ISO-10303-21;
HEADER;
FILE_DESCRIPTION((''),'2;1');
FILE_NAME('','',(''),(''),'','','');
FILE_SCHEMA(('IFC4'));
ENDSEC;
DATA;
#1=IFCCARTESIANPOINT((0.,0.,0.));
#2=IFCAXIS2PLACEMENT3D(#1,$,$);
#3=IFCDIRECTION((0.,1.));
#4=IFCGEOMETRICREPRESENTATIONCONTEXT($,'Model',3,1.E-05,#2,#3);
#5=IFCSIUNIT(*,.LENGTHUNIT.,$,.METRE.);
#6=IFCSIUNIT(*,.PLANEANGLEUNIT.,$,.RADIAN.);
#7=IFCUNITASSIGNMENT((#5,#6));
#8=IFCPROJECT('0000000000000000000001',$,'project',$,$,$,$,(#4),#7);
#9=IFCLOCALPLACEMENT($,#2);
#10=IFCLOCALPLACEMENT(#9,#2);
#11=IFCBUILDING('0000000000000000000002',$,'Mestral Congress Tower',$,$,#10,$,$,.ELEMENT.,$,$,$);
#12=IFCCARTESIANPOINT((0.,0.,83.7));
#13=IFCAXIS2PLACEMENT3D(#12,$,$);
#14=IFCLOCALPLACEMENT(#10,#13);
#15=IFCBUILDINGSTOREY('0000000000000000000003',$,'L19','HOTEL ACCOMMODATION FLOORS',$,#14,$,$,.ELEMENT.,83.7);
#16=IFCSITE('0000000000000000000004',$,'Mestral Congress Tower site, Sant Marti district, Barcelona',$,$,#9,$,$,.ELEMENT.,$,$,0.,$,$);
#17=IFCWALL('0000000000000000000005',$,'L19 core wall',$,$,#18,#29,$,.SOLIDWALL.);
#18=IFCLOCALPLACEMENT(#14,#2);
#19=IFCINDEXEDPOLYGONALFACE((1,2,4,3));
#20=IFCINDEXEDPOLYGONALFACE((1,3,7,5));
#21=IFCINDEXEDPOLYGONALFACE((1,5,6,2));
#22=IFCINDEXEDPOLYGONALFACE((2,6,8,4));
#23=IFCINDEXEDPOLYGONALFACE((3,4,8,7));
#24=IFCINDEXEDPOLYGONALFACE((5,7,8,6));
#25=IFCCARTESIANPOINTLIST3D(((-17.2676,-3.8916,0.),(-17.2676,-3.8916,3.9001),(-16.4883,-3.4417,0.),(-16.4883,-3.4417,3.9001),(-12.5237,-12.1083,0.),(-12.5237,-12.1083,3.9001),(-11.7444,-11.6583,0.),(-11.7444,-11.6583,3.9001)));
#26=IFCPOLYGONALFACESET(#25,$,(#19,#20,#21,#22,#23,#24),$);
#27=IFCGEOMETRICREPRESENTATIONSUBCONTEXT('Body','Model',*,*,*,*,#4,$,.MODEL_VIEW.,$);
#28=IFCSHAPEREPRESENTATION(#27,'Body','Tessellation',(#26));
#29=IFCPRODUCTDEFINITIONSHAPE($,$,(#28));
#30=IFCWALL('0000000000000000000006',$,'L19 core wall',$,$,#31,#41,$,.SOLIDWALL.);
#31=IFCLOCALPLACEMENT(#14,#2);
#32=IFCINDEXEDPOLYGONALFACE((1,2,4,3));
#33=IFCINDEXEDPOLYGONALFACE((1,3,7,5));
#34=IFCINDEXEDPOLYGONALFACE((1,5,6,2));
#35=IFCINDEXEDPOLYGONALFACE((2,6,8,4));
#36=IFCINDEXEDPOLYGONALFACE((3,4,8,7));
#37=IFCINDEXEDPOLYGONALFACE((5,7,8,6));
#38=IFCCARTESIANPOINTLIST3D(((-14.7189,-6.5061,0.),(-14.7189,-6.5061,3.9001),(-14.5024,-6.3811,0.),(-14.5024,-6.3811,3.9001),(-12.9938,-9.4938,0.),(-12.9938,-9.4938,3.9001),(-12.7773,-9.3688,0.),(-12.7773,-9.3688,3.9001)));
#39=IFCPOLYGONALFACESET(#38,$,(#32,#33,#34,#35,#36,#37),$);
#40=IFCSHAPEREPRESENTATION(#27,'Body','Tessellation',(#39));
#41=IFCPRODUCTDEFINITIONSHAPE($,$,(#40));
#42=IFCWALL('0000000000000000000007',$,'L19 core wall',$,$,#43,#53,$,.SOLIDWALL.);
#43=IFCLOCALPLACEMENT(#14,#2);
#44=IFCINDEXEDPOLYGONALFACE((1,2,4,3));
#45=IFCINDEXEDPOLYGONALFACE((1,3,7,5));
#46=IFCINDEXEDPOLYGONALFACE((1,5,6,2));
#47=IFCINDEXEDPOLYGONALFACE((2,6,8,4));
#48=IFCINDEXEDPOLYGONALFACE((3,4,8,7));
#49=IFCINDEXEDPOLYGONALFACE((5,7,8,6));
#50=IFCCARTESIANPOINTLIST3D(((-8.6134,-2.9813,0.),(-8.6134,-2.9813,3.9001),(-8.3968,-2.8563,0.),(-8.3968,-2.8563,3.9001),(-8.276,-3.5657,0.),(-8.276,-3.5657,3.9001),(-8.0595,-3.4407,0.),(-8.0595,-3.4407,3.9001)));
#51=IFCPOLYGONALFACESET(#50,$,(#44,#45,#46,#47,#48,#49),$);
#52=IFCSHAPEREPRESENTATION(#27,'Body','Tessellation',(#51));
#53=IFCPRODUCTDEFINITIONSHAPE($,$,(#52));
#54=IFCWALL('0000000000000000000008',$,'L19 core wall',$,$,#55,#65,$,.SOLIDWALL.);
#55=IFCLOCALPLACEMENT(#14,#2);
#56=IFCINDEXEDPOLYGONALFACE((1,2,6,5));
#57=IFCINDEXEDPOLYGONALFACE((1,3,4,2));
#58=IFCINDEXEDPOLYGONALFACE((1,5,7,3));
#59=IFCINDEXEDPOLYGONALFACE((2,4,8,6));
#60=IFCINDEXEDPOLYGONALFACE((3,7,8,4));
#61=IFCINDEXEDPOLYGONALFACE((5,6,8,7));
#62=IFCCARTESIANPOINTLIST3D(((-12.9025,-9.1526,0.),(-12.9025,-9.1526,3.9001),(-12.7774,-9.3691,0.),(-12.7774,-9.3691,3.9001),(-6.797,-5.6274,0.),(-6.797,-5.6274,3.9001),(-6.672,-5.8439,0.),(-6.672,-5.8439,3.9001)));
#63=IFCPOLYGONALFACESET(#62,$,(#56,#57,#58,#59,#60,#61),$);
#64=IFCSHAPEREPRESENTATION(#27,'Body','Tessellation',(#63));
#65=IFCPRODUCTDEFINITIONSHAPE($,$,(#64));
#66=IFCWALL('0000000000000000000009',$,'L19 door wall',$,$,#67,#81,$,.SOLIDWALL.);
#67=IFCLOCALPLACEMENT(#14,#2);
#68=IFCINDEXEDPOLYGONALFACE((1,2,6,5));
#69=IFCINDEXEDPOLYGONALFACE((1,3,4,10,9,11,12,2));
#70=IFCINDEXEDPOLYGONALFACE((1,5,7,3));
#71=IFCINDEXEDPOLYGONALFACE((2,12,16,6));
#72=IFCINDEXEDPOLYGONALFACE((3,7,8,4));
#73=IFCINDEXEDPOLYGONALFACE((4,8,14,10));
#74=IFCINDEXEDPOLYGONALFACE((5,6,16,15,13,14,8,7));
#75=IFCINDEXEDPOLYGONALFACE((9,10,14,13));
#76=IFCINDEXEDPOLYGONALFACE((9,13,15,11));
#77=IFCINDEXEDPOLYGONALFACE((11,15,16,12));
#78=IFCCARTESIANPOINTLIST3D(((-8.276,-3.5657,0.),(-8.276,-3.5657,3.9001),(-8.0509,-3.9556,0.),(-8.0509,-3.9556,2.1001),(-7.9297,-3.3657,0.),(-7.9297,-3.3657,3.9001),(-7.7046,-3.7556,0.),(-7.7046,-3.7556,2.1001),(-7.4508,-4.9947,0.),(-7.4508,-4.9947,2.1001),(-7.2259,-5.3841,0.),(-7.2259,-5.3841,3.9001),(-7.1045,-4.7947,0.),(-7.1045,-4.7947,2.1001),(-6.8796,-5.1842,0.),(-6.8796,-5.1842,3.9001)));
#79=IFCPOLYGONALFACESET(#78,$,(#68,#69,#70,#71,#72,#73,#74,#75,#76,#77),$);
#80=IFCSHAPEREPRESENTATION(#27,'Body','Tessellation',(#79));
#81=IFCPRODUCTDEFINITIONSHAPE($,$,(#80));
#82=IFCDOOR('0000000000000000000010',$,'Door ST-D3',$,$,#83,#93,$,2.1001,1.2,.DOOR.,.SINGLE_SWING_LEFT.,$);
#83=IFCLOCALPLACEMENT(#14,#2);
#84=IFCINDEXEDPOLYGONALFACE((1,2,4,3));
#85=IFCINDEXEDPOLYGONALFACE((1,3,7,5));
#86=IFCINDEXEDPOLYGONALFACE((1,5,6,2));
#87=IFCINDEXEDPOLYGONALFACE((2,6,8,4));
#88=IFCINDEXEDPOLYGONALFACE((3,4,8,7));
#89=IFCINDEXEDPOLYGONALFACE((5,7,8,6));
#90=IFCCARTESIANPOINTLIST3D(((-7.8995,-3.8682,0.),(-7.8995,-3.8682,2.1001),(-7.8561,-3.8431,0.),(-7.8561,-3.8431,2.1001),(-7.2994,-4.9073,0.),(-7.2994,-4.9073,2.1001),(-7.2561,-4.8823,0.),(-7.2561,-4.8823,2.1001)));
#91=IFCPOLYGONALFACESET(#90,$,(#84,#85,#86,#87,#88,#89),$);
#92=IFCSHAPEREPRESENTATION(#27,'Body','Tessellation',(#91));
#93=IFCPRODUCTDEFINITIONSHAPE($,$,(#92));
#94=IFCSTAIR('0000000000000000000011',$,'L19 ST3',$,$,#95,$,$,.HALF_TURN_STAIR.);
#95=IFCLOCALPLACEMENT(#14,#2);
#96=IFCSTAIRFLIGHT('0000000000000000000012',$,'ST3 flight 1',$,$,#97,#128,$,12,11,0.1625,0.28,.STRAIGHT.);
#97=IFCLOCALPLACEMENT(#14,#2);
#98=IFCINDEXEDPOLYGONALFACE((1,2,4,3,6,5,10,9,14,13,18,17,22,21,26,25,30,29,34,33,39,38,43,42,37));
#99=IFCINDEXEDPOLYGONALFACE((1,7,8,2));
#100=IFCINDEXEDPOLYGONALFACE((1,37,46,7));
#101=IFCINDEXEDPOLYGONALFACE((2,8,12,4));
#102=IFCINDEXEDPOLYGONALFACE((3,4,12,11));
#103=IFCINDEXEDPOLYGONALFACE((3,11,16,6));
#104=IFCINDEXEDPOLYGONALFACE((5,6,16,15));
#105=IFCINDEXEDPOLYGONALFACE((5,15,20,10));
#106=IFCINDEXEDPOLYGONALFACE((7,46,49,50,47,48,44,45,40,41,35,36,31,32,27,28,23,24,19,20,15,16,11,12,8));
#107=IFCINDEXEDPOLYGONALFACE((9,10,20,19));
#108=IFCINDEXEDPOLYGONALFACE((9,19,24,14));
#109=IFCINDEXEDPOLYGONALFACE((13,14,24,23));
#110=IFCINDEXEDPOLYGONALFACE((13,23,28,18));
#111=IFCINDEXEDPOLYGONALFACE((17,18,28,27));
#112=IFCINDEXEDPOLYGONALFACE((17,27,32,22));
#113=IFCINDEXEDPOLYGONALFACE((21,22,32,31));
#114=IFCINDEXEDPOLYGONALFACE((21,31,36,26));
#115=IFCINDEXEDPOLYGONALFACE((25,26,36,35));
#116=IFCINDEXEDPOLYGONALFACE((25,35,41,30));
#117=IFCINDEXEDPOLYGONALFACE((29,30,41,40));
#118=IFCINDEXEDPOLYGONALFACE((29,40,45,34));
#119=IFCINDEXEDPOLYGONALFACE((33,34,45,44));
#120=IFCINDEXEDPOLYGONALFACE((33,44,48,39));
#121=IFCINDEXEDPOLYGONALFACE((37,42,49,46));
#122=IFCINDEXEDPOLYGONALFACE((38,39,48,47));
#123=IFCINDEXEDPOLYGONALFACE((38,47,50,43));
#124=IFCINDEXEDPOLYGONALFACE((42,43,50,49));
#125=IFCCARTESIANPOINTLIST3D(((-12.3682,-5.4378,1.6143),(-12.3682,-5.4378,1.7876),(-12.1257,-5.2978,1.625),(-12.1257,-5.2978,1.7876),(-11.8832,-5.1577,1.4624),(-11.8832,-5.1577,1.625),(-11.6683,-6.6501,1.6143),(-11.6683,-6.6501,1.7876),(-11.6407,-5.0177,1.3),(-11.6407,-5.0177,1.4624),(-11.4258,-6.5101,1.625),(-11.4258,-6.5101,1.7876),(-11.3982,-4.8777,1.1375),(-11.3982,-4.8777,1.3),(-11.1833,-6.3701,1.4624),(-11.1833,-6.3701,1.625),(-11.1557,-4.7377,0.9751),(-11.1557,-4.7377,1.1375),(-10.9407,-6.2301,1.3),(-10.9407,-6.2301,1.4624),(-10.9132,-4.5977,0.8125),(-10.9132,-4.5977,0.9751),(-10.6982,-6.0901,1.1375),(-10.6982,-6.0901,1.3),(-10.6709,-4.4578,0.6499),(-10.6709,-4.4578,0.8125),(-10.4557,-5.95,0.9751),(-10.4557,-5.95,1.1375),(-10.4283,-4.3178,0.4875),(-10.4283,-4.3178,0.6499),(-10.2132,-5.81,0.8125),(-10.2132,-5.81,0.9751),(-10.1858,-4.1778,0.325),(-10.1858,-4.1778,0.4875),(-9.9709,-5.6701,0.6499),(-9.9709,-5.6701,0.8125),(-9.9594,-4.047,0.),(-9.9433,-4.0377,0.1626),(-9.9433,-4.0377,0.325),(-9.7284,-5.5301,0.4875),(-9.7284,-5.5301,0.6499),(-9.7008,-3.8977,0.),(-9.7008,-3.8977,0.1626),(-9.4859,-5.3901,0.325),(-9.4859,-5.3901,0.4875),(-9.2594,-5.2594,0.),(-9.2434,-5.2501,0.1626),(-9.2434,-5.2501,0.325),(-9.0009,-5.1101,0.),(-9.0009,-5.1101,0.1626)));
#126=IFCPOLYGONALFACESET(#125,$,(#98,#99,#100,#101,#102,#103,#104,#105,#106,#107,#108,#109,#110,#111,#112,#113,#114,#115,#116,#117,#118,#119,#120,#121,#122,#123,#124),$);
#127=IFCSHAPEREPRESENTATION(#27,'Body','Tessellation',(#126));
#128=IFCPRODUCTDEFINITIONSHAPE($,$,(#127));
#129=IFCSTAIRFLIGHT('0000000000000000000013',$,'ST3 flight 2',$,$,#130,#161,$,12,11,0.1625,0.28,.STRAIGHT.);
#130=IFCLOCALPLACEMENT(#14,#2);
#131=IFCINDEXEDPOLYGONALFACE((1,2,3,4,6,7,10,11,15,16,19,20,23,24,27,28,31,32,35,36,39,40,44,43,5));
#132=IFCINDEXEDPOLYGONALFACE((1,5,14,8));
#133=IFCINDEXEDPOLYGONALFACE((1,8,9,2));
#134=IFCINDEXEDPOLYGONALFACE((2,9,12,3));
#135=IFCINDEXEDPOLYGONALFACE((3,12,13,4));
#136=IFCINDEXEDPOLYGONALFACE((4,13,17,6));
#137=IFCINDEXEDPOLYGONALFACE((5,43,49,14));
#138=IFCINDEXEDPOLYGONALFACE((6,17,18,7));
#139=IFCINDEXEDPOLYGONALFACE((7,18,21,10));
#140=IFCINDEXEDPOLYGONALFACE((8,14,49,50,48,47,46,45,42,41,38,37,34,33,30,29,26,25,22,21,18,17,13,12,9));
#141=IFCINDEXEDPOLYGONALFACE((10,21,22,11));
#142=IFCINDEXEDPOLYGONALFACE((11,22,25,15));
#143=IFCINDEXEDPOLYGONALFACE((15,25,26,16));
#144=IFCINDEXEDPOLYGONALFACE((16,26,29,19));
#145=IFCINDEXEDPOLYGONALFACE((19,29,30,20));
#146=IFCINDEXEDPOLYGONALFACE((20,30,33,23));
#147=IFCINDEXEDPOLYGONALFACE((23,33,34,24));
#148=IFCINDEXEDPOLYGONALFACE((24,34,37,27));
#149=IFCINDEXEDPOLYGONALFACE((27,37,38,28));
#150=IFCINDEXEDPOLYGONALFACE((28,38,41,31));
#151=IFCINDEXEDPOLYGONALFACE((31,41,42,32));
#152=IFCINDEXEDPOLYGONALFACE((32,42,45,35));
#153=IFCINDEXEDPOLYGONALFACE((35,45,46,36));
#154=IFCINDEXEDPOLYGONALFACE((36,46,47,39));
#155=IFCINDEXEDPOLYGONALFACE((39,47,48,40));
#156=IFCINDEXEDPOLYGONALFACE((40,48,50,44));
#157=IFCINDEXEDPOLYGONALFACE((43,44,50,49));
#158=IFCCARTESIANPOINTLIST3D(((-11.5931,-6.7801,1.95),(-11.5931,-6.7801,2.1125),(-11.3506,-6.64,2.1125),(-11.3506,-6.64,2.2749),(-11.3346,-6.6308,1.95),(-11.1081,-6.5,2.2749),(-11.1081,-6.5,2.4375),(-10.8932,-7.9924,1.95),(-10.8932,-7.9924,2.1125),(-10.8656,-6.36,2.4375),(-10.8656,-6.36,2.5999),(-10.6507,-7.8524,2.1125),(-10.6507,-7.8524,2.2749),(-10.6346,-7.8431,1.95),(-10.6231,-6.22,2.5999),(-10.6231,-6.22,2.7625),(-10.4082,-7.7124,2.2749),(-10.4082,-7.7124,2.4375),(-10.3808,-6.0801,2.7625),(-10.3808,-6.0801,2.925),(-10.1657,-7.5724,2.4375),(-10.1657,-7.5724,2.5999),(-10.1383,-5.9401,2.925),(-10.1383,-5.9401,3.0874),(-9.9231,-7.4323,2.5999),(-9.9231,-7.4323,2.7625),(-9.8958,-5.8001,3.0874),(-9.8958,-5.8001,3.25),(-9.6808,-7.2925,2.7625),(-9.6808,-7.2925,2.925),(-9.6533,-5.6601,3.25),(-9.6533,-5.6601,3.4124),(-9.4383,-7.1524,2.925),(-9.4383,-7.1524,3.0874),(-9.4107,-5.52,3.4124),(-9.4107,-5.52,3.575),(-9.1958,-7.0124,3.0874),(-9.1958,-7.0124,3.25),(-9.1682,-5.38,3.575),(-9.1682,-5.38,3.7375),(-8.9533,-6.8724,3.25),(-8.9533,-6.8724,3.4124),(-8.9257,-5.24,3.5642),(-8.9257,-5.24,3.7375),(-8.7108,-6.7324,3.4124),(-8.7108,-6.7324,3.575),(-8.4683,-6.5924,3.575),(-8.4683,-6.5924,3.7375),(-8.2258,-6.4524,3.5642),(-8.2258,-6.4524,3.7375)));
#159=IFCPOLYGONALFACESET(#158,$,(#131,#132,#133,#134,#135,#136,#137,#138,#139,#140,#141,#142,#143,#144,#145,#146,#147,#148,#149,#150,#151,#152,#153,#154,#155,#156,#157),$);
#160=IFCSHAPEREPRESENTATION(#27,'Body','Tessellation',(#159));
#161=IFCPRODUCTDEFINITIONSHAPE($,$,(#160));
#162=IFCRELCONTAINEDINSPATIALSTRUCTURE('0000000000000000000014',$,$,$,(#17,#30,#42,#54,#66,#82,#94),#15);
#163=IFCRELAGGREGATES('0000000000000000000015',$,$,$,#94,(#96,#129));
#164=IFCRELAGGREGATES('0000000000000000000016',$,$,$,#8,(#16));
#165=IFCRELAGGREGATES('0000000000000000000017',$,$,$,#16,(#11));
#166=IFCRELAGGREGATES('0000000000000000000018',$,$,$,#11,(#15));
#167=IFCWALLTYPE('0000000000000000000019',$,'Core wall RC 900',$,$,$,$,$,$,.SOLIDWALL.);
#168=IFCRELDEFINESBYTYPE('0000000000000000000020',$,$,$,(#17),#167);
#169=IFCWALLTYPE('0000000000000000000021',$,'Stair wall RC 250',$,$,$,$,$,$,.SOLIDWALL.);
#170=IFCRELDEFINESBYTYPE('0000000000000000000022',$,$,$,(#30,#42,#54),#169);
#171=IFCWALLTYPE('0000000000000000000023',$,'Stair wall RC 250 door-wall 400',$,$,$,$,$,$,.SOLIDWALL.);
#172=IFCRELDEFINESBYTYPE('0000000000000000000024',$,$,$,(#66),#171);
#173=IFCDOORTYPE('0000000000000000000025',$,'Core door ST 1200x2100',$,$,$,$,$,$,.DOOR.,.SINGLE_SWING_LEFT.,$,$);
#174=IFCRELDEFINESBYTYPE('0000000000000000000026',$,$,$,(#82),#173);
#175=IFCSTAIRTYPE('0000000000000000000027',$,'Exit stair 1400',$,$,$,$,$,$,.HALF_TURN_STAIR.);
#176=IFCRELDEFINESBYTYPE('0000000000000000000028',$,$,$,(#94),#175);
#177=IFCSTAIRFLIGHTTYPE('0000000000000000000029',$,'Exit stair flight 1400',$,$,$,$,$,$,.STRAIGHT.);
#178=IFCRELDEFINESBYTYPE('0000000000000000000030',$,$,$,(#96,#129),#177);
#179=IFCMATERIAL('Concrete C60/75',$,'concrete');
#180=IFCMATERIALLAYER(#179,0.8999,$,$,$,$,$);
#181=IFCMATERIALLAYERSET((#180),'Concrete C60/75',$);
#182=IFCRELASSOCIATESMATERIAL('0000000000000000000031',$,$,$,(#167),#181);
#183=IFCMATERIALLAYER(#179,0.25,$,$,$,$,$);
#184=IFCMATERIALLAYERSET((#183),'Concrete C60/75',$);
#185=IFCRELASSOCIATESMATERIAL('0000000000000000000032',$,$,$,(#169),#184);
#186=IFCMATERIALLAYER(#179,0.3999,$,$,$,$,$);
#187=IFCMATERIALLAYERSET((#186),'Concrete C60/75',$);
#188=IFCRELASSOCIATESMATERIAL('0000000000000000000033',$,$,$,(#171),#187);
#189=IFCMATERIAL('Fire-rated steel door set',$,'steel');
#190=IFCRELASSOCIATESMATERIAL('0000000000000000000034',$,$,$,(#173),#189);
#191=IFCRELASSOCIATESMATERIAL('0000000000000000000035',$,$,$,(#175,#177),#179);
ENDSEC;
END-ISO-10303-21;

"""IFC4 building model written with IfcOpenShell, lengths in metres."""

from ifc_helpers import new_model, si_unit, direction, frame, frame_2d, origin, place, context, subcontext, project, spatial, polyline, rectangle, outline, extrude, material, layer, layer_set, type_object, element, fill, aggregate, save


model = new_model("IFC4")

# Units and contexts
model_context = context("Model", 3, precision=1e-05, world=origin(), true_north=direction((0.0, 1.0)))
body_context = subcontext(model_context, "Body", "Model", "MODEL_VIEW")
ifc_project = project(units=[si_unit("LENGTHUNIT", "METRE"), si_unit("PLANEANGLEUNIT", "RADIAN")], contexts=[model_context])

# Site, building, storey
site_placement = place(None, origin())
site = spatial("IfcSite", under=ifc_project, at=site_placement, Name="Mestral Congress Tower site, Sant Marti district, Barcelona", CompositionType="ELEMENT", RefElevation=0.0)
building_placement = place(site_placement, origin())
building = spatial("IfcBuilding", under=site, at=building_placement, Name="Mestral Congress Tower", CompositionType="ELEMENT")
storey_placement = place(building_placement, frame((0.0, 0.0, 83.7)))
storey = spatial("IfcBuildingStorey", under=building, at=storey_placement, Name="L19", Description="HOTEL ACCOMMODATION FLOORS", CompositionType="ELEMENT", Elevation=83.7)

# Walls
ifc_material_1 = material(Name="Concrete C60/75", Category="concrete")
ifc_layer_1 = layer(ifc_material_1, 0.8999)
ifc_layer_set_1 = layer_set([ifc_layer_1], Name="Concrete C60/75")
wall_type_1 = type_object("IfcWallType", Name="Core wall RC 900", PredefinedType="SOLIDWALL", material=ifc_layer_set_1)
wall_1_placement = place(storey_placement, frame((-12.134, -11.8833, 0.0), z_axis=(0.0, 0.0, 1.0), x_axis=(-0.500005, 0.866022, 0.0)))
element("IfcWall", 1, at=wall_1_placement, inside=storey, type_object=wall_type_1, Name="L19 core wall", PredefinedType="SOLIDWALL", context=body_context, shape_type="SweptSolid", body=[
    extrude(rectangle(XDim=9.4878, YDim=0.8999, at=frame_2d((4.7439, 0.0))), origin(), (0.0, 0.0, 1.0), 3.9001),
])
ifc_layer_2 = layer(ifc_material_1, 0.25)
ifc_layer_set_2 = layer_set([ifc_layer_2], Name="Concrete C60/75")
wall_type_2 = type_object("IfcWallType", Name="Stair wall RC 250", PredefinedType="SOLIDWALL", material=ifc_layer_set_2)
wall_2_placement = place(storey_placement, frame((-12.8855, -9.4314, 0.0), z_axis=(0.0, 0.0, 1.0), x_axis=(-0.500021, 0.866014, 0.0)))
element("IfcWall", 2, at=wall_2_placement, inside=storey, type_object=wall_type_2, Name="L19 core wall", PredefinedType="SOLIDWALL", context=body_context, shape_type="SweptSolid", body=[
    extrude(rectangle(XDim=3.45, YDim=0.25, at=frame_2d((1.7251, 0.0))), origin(), (0.0, 0.0, 1.0), 3.9001),
])
wall_3_placement = place(storey_placement, frame((-8.1677, -3.5032, 0.0), z_axis=(0.0, 0.0, 1.0), x_axis=(-0.499952, 0.866053, 0.0)))
element("IfcWall", 3, at=wall_3_placement, inside=storey, type_object=wall_type_2, Name="L19 core wall", PredefinedType="SOLIDWALL", context=body_context, shape_type="SweptSolid", body=[
    extrude(rectangle(XDim=0.6748, YDim=0.25, at=frame_2d((0.3374, 0.0))), origin(), (0.0, 0.0, 1.0), 3.9001),
])
wall_4_placement = place(storey_placement, frame((-12.8398, -9.2607, 0.0), z_axis=(0.0, 0.0, 1.0), x_axis=(0.866016, 0.500016, 0.0)))
element("IfcWall", 4, at=wall_4_placement, inside=storey, type_object=wall_type_2, Name="L19 core wall", PredefinedType="SOLIDWALL", context=body_context, shape_type="SweptSolid", body=[
    extrude(rectangle(XDim=7.05, YDim=0.25, at=frame_2d((3.5249, 0.0))), origin(), (0.0, 0.0, 1.0), 3.9001),
])

# Wall, opening, door
ifc_layer_3 = layer(ifc_material_1, 0.3999)
ifc_layer_set_3 = layer_set([ifc_layer_3], Name="Concrete C60/75")
wall_type_3 = type_object("IfcWallType", Name="Stair wall RC 250 door-wall 400", PredefinedType="SOLIDWALL", material=ifc_layer_set_3)
wall_5_placement = place(storey_placement, frame((-8.1028, -3.4658, 0.0), z_axis=(0.0, 0.0, 1.0), x_axis=(0.500078, -0.86598, 0.0)))
wall_5 = element("IfcWall", 5, at=wall_5_placement, inside=storey, type_object=wall_type_3, Name="L19 door wall", PredefinedType="SOLIDWALL", context=body_context, shape_type="SweptSolid", body=[
    extrude(rectangle(XDim=2.0999, YDim=0.3999, at=frame_2d((1.0498, 0.0))), origin(), (0.0, 0.0, 1.0), 3.9001),
])
opening_placement = place(wall_5_placement, frame((0.45, 0.0, 0.0)))
opening = element("IfcOpeningElement", 6, at=opening_placement, cuts=wall_5, PredefinedType="OPENING", context=body_context, shape_type="SweptSolid", body=[
    extrude(rectangle(XDim=1.2, YDim=2.1001, at=frame_2d((0.6001, 1.05))), frame((0.0, 0.21, 0.0), z_axis=(0.0, -1.0, 0.0), x_axis=(1.0, 0.0, 0.0)), (0.0, 0.0, 1.0), 0.4199),
])
ifc_material_2 = material(Name="Fire-rated steel door set", Category="steel")
door_type = type_object("IfcDoorType", Name="Core door ST 1200x2100", OperationType="SINGLE_SWING_LEFT", PredefinedType="DOOR", material=ifc_material_2)
door_placement = place(opening_placement, origin())
door = element("IfcDoor", 7, at=door_placement, inside=storey, type_object=door_type, Name="Door ST-D3", OperationType="SINGLE_SWING_LEFT", OverallHeight=2.1001, OverallWidth=1.2, PredefinedType="DOOR", context=body_context, shape_type="SweptSolid", body=[
    extrude(rectangle(XDim=1.2, YDim=2.1001, at=frame_2d((0.6001, 1.05))), frame((0.0, 0.0249, 0.0), z_axis=(0.0, -1.0, 0.0), x_axis=(1.0, 0.0, 0.0)), (0.0, 0.0, 1.0), 0.05),
])
fill(opening, door)

# Stair, stair flights
stair_type = type_object("IfcStairType", Name="Exit stair 1400", PredefinedType="HALF_TURN_STAIR", material=ifc_material_1)
stair_placement = place(storey_placement, origin())
stair = element("IfcStair", 8, at=stair_placement, inside=storey, type_object=stair_type, Name="L19 ST3", PredefinedType="HALF_TURN_STAIR")
stair_flight_type = type_object("IfcStairFlightType", Name="Exit stair flight 1400", PredefinedType="STRAIGHT", material=ifc_material_1)
stair_flight_1_placement = place(storey_placement, frame((-9.3508, -4.5039, 0.0), z_axis=(0.0, 0.0, 1.0), x_axis=(-0.866025, -0.5, 0.0)))
stair_flight_1 = element("IfcStairFlight", 9, at=stair_flight_1_placement, type_object=stair_flight_type, Name="ST3 flight 1", NumberOfRisers=12, NumberOfTreads=11, PredefinedType="STRAIGHT", RiserHeight=0.1625, TreadLength=0.28, context=body_context, shape_type="SweptSolid", body=[
    extrude(outline(polyline([(0.0, 0.0), (0.0, 0.1626), (0.28, 0.1626), (0.28, 0.325), (0.5601, 0.325), (0.5601, 0.4875), (0.8401, 0.4875), (0.8401, 0.6499), (1.1201, 0.6499), (1.1201, 0.8125), (1.3999, 0.8125), (1.3999, 0.9751), (1.6799, 0.9751), (1.6799, 1.1375), (1.96, 1.1375), (1.96, 1.3), (2.24, 1.3), (2.24, 1.4624), (2.52, 1.4624), (2.52, 1.625), (2.8, 1.625), (2.8, 1.7876), (3.0801, 1.7876), (3.0801, 1.95), (3.0801, 1.6143), (0.2986, 0.0), (0.0, 0.0)])), frame((0.0, 0.7, 0.0), z_axis=(0.0, -1.0, 0.0), x_axis=(1.0, 0.0, 0.0)), (0.0, 0.0, 1.0), 1.3999),
])
stair_flight_2_placement = place(storey_placement, frame((-11.2432, -7.3862, 1.95), z_axis=(0.0, 0.0, 1.0), x_axis=(0.866025, 0.5, 0.0)))
stair_flight_2 = element("IfcStairFlight", 10, at=stair_flight_2_placement, type_object=stair_flight_type, Name="ST3 flight 2", NumberOfRisers=12, NumberOfTreads=11, PredefinedType="STRAIGHT", RiserHeight=0.1625, TreadLength=0.28, context=body_context, shape_type="SweptSolid", body=[
    extrude(outline(polyline([(0.0, 0.0), (0.0, 0.1626), (0.28, 0.1626), (0.28, 0.325), (0.5601, 0.325), (0.5601, 0.4875), (0.8401, 0.4875), (0.8401, 0.6499), (1.1201, 0.6499), (1.1201, 0.8125), (1.3999, 0.8125), (1.3999, 0.9751), (1.6799, 0.9751), (1.6799, 1.1375), (1.96, 1.1375), (1.96, 1.3), (2.24, 1.3), (2.24, 1.4624), (2.52, 1.4624), (2.52, 1.625), (2.8, 1.625), (2.8, 1.7876), (3.0801, 1.7876), (3.0801, 1.95), (3.0801, 1.6143), (0.2986, 0.0), (0.0, 0.0)])), frame((0.0, 0.7, 0.0), z_axis=(0.0, -1.0, 0.0), x_axis=(1.0, 0.0, 0.0)), (0.0, 0.0, 1.0), 1.3999),
])
aggregate(stair, [stair_flight_1, stair_flight_2])

save(model, "model.ifc")
